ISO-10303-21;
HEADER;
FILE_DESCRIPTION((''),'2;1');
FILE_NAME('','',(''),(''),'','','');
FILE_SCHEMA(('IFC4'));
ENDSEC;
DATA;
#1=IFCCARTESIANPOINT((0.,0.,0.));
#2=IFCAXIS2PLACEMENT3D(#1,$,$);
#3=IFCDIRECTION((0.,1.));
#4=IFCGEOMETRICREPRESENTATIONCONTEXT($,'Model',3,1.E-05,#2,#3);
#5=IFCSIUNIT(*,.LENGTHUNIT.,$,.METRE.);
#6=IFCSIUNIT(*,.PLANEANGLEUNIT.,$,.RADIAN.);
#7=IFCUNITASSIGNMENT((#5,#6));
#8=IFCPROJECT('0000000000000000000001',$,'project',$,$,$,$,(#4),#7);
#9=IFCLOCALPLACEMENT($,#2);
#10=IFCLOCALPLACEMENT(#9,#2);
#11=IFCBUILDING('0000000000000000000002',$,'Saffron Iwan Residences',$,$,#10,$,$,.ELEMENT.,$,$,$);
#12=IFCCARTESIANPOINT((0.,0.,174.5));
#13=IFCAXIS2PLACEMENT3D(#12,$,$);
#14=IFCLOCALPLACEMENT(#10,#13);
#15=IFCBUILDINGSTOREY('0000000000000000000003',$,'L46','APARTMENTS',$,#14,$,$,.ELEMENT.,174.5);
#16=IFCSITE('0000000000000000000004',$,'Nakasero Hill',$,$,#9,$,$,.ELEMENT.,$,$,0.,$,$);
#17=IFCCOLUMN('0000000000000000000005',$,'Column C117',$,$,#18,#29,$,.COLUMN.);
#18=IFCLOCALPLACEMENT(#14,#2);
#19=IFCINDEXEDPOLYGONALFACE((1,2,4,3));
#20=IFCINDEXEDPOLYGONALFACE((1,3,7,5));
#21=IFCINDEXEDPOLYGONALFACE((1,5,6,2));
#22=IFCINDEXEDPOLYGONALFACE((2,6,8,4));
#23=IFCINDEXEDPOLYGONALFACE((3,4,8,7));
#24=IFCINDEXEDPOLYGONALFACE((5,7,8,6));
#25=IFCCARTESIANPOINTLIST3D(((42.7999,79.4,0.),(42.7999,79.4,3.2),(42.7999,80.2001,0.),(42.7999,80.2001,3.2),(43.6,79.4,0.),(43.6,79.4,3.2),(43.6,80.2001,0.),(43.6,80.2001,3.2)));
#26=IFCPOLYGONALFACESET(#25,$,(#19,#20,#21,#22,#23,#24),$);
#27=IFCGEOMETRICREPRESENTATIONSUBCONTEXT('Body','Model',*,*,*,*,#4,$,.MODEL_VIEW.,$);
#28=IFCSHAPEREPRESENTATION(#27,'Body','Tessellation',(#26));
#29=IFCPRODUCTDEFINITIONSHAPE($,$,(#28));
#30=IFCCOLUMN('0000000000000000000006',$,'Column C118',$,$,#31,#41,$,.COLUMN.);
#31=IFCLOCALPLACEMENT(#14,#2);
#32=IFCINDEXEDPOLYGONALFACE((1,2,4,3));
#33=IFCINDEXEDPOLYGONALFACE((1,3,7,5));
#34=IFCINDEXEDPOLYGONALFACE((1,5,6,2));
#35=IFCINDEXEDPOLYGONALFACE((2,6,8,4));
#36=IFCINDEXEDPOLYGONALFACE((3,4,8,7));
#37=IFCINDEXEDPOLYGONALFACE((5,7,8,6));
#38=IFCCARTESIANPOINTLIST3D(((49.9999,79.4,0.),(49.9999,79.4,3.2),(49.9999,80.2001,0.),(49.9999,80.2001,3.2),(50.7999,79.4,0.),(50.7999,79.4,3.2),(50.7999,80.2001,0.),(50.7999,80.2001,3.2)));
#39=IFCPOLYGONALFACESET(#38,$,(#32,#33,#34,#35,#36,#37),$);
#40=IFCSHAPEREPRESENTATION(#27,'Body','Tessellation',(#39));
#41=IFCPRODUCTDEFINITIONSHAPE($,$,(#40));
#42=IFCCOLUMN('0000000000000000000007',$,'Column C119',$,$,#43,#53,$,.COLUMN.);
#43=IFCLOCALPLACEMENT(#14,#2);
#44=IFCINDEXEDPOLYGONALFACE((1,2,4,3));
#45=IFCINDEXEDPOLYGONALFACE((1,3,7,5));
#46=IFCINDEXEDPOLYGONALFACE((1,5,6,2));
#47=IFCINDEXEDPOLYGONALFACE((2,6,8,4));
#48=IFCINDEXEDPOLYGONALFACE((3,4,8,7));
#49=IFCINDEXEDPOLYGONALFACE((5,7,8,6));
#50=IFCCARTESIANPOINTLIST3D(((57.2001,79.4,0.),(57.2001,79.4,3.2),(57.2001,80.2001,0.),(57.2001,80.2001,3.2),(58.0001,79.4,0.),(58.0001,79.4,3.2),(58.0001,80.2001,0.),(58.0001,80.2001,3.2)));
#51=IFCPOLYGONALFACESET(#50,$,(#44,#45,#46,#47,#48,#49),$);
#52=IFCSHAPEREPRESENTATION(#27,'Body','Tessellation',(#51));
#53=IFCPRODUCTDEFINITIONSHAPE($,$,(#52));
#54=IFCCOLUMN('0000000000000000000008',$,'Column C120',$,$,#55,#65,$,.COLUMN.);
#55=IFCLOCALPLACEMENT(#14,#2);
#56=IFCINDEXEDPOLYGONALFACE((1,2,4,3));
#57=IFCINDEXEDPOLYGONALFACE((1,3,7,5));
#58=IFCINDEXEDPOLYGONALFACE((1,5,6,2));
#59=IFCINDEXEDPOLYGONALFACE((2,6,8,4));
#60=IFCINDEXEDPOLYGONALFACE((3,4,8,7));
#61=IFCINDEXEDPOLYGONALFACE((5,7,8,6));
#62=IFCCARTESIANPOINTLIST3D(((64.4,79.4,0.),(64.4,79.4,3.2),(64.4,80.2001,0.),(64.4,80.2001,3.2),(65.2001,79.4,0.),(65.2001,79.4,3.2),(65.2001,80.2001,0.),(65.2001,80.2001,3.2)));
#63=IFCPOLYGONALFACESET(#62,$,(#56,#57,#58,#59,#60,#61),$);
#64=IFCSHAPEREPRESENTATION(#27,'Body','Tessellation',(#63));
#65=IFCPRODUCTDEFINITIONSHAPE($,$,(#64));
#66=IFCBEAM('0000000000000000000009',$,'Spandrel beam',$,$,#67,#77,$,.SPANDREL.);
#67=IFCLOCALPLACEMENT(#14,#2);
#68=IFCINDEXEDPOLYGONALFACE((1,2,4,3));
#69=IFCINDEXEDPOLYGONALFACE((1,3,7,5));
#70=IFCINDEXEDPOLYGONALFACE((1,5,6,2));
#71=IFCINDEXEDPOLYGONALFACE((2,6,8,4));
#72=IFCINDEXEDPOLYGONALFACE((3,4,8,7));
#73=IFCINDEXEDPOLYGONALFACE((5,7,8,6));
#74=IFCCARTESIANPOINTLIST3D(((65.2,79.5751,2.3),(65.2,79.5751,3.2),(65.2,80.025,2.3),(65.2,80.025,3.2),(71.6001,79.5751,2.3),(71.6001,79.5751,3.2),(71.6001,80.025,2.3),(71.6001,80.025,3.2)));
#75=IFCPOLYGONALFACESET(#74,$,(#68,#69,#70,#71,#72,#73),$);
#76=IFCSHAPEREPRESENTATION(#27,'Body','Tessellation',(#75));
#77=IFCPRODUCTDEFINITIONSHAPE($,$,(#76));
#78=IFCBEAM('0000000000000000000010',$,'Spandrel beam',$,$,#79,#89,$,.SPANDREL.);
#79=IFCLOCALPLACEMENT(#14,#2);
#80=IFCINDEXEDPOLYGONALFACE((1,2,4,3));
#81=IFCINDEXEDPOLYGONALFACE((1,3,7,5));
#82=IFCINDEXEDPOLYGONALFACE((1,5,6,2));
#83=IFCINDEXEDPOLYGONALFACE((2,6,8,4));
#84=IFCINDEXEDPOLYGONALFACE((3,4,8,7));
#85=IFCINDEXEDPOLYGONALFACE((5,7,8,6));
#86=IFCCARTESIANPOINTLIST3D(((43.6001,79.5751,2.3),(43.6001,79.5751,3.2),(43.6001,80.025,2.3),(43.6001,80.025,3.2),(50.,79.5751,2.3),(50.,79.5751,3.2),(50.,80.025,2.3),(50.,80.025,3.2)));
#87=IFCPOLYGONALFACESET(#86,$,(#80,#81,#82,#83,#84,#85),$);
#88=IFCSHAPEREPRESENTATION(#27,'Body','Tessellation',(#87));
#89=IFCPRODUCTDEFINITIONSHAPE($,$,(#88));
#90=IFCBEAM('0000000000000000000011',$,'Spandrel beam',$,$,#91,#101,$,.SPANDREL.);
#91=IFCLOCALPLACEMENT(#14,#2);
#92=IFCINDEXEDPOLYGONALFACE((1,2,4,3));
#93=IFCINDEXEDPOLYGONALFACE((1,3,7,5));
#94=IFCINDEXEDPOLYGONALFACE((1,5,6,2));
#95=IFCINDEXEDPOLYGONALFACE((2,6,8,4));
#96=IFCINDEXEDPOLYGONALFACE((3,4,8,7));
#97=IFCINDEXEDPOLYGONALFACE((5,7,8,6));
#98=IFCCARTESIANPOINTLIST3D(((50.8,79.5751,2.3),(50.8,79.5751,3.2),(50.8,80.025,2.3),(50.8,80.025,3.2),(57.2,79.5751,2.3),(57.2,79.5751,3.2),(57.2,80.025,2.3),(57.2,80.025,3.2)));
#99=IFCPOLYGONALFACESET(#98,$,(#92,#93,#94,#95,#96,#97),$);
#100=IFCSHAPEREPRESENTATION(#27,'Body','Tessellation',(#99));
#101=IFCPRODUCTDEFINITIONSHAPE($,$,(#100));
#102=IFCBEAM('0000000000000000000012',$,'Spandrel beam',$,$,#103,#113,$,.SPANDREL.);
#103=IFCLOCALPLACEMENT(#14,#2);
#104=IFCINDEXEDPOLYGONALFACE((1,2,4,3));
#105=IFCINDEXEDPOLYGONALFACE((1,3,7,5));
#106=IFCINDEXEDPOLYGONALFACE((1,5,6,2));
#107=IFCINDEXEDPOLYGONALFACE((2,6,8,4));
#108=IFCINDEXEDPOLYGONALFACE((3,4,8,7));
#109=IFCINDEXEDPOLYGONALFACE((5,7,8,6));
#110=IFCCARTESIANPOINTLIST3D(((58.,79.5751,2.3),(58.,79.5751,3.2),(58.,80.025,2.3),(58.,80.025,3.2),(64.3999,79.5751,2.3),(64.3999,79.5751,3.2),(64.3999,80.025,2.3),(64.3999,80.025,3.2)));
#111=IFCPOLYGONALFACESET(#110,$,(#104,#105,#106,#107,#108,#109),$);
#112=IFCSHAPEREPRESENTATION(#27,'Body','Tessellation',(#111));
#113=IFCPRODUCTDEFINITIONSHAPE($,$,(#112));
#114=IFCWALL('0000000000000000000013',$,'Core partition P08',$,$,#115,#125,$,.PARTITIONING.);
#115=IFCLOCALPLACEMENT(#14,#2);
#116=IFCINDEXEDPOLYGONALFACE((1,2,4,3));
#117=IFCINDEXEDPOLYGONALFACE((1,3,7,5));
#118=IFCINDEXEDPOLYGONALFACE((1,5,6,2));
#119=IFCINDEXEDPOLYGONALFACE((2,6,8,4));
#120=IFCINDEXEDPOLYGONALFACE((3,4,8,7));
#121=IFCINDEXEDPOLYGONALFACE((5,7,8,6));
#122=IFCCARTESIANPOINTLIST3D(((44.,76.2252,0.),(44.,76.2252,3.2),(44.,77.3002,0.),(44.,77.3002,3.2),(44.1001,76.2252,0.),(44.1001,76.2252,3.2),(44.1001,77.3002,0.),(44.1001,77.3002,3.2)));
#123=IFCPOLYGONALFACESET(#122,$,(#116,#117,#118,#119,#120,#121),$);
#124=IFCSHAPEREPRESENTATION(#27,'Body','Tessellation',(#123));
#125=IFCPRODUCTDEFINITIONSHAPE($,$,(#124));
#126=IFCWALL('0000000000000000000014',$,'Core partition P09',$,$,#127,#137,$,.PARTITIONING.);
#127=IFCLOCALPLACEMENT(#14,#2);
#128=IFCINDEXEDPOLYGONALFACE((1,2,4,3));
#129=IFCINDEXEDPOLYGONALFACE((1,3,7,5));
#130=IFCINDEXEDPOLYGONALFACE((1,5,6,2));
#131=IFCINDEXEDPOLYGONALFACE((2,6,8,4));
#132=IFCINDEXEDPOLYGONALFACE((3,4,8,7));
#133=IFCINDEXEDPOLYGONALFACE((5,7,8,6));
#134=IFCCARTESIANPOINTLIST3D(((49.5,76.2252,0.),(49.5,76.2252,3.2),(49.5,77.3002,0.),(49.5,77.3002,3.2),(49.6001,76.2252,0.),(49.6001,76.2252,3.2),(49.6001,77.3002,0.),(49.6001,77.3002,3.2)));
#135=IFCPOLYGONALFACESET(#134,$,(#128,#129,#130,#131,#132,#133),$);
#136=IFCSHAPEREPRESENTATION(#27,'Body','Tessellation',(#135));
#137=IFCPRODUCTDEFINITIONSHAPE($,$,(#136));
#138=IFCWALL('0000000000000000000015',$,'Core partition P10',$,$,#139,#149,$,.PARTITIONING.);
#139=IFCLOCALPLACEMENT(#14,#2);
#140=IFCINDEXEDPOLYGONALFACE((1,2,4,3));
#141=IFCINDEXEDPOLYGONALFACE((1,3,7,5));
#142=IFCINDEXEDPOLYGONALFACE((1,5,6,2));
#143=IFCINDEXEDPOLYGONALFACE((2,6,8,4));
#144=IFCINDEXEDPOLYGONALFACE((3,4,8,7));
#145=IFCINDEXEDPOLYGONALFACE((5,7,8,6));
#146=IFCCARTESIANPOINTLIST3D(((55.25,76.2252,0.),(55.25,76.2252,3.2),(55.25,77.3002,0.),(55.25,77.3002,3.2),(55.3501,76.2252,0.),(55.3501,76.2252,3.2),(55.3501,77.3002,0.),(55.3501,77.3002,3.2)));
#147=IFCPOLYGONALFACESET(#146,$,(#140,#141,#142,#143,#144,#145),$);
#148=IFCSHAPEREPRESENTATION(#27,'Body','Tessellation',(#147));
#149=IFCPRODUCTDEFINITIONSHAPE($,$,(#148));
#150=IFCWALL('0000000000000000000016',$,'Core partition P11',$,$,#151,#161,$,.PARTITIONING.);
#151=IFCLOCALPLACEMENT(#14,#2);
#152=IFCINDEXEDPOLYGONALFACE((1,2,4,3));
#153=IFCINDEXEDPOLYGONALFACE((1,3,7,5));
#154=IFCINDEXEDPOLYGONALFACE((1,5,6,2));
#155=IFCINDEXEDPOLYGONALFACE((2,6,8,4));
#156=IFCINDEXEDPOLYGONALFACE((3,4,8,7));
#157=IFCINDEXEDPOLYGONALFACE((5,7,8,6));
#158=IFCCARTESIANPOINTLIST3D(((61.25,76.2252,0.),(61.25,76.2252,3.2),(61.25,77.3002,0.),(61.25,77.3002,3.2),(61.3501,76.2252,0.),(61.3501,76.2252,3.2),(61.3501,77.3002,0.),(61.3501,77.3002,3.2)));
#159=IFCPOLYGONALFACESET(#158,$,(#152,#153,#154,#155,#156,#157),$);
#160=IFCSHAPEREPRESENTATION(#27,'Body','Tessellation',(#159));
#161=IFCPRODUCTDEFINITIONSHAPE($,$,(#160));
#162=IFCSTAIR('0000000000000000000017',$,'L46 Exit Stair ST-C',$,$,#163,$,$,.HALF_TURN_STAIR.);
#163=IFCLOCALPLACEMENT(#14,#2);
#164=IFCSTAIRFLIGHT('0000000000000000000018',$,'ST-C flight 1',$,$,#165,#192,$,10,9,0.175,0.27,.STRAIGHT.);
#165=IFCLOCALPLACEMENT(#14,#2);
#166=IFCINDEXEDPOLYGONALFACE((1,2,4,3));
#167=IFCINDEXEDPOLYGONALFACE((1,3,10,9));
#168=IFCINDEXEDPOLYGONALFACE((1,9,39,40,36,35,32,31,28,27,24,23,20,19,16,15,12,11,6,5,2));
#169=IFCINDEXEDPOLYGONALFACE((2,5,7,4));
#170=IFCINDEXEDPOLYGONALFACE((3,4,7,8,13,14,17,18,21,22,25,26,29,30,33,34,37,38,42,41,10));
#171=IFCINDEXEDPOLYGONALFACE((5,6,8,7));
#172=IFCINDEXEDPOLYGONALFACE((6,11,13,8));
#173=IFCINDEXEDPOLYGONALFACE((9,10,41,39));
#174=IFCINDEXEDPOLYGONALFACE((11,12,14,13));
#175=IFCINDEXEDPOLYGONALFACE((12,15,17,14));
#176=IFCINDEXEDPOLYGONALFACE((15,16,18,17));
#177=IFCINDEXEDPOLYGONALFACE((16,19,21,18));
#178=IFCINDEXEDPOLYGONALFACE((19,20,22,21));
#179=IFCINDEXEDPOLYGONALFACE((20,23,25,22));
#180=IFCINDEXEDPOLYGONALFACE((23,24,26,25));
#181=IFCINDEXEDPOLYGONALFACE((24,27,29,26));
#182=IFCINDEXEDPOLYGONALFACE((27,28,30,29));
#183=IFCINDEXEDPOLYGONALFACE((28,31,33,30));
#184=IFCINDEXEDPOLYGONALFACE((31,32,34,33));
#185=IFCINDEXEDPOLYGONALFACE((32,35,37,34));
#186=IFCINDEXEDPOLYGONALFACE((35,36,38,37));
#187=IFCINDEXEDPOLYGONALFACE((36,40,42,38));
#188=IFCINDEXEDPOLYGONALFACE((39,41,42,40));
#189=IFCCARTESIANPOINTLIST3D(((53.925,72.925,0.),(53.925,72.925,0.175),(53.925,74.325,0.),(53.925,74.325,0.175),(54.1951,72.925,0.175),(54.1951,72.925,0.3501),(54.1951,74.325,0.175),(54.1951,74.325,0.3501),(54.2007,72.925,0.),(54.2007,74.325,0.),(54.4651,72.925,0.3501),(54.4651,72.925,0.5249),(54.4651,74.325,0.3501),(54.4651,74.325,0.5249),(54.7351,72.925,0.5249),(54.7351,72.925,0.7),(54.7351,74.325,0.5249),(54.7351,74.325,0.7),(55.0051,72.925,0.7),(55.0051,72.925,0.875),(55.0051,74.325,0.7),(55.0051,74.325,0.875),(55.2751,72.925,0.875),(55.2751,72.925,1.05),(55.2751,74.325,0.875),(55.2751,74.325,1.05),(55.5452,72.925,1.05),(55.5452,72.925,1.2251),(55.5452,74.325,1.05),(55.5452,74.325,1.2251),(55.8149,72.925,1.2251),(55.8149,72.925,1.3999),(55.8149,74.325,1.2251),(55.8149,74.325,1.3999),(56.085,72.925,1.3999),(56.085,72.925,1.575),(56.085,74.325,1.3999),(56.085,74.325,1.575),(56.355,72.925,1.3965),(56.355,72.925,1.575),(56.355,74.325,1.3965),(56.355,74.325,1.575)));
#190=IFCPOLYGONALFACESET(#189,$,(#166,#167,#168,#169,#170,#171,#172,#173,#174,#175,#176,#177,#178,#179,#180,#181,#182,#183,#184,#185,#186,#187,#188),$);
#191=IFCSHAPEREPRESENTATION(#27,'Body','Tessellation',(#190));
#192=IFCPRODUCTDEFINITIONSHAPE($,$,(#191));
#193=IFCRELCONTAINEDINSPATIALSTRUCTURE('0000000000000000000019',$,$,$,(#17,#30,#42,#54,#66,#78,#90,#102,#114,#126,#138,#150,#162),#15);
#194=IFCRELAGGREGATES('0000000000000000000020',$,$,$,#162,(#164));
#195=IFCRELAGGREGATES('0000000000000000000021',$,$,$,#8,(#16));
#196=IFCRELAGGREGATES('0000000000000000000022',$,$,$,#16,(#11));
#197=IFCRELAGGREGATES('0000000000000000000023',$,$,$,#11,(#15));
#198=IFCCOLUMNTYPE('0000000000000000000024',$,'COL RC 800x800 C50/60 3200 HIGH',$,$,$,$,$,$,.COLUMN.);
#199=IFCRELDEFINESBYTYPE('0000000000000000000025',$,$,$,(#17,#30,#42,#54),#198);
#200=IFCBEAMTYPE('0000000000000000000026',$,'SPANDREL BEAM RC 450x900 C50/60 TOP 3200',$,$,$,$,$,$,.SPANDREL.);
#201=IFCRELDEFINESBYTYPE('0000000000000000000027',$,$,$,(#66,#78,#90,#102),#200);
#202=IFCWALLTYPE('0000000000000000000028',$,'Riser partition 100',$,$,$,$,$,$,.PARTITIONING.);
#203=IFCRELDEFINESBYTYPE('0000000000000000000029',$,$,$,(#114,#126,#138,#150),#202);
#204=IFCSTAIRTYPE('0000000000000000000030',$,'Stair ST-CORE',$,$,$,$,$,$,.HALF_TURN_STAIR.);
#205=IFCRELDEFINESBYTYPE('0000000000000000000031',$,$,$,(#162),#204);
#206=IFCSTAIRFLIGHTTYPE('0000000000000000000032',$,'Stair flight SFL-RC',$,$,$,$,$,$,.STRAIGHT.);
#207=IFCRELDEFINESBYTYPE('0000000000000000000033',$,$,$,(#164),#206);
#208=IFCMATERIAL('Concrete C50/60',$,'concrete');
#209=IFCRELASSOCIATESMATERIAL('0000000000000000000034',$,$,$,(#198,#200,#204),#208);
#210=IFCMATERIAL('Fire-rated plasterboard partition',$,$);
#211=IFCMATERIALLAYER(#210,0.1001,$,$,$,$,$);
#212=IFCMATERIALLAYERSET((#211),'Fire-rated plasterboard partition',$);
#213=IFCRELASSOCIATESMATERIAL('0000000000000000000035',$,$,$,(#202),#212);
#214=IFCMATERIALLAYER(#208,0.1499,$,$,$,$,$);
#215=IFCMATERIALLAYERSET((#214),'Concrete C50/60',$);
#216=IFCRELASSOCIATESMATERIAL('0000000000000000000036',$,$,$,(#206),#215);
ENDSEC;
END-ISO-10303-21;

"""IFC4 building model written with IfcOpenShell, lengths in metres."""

from ifc_helpers import new_model, si_unit, direction, frame, frame_2d, origin, origin_2d, place, context, subcontext, project, spatial, polyline, rectangle, outline, extrude, source, transform, mapped, material, layer, layer_set, material_profile, profile_set, type_object, element, aggregate, save


model = new_model("IFC4")

# Units and contexts
model_context = context("Model", 3, precision=1e-05, world=origin(), true_north=direction((0.0, 1.0)))
body_context = subcontext(model_context, "Body", "Model", "MODEL_VIEW")
ifc_project = project(units=[si_unit("LENGTHUNIT", "METRE"), si_unit("PLANEANGLEUNIT", "RADIAN")], contexts=[model_context])

# Site, building, storey
site_placement = place(None, origin())
site = spatial("IfcSite", under=ifc_project, at=site_placement, Name="Nakasero Hill", CompositionType="ELEMENT", RefElevation=0.0)
building_placement = place(site_placement, origin())
building = spatial("IfcBuilding", under=site, at=building_placement, Name="Saffron Iwan Residences", CompositionType="ELEMENT")
storey_placement = place(building_placement, frame((0.0, 0.0, 174.5)))
storey = spatial("IfcBuildingStorey", under=building, at=storey_placement, Name="L46", Description="APARTMENTS", CompositionType="ELEMENT", Elevation=174.5)

# Columns
ifc_material_1 = material(Name="Concrete C50/60", Category="concrete")
ifc_material_profile_1 = material_profile(ifc_material_1, rectangle(XDim=0.8, YDim=0.8, at=origin_2d()), Name="RC 800x800")
ifc_profile_set_1 = profile_set([ifc_material_profile_1], Name="Concrete C50/60")
column_type = type_object("IfcColumnType", Name="COL RC 800x800 C50/60 3200 HIGH", PredefinedType="COLUMN", material=ifc_profile_set_1)
shared_shape_1 = source(origin(), body_context, "Body", "SweptSolid", [
    extrude(rectangle(XDim=0.8, YDim=0.8, at=origin_2d()), origin(), (0.0, 0.0, 1.0), 3.2),
])
for number, where, z_axis, x_axis, name in (
    (1, (43.2, 79.8, 0.0), (0.0, 0.0, 1.0), (1.0, 0.0, 0.0), "Column C117"),
    (2, (50.3999, 79.8, 0.0), (0.0, 0.0, 1.0), (1.0, 0.0, 0.0), "Column C118"),
    (3, (57.6001, 79.8, 0.0), (0.0, 0.0, 1.0), (1.0, 0.0, 0.0), "Column C119"),
    (4, (64.8, 79.8, 0.0), (0.0, 0.0, 1.0), (1.0, 0.0, 0.0), "Column C120"),
):
    element("IfcColumn", number, at=place(storey_placement, frame(where, z_axis=z_axis, x_axis=x_axis)), inside=storey, type_object=column_type, Name=name, PredefinedType="COLUMN", context=body_context, shape_type="MappedRepresentation", body=[
        mapped(shared_shape_1, transform((0.0, 0.0, 0.0))),
    ])

# Beams
ifc_material_profile_2 = material_profile(ifc_material_1, rectangle(XDim=0.45, YDim=0.8999, at=origin_2d()), Name="RC 450x900")
ifc_profile_set_2 = profile_set([ifc_material_profile_2], Name="Concrete C50/60")
beam_type = type_object("IfcBeamType", Name="SPANDREL BEAM RC 450x900 C50/60 TOP 3200", PredefinedType="SPANDREL", material=ifc_profile_set_2)
shared_shape_2 = source(origin(), body_context, "Body", "SweptSolid", [
    extrude(rectangle(XDim=0.45, YDim=0.8999, at=origin_2d()), origin(), (0.0, 0.0, 1.0), 6.4001),
])
beam_placement = place(storey_placement, frame((65.2, 79.8, 2.75), z_axis=(1.0, 0.0, 0.0), x_axis=(0.0, 1.0, 0.0)))
element("IfcBeam", 5, at=beam_placement, inside=storey, type_object=beam_type, Name="Spandrel beam", PredefinedType="SPANDREL", context=body_context, shape_type="MappedRepresentation", body=[
    mapped(shared_shape_2, transform((0.0, 0.0, 0.0))),
])
shared_shape_3 = source(origin(), body_context, "Body", "SweptSolid", [
    extrude(rectangle(XDim=0.45, YDim=0.8999, at=origin_2d()), origin(), (0.0, 0.0, 1.0), 6.3999),
])
for number, where, z_axis, x_axis, name in (
    (6, (43.6001, 79.8, 2.75), (1.0, 0.0, 0.0), (0.0, 1.0, 0.0), "Spandrel beam"),
    (7, (50.8, 79.8, 2.75), (1.0, 0.0, 0.0), (0.0, 1.0, 0.0), "Spandrel beam"),
    (8, (58.0, 79.8, 2.75), (1.0, 0.0, 0.0), (0.0, 1.0, 0.0), "Spandrel beam"),
):
    element("IfcBeam", number, at=place(storey_placement, frame(where, z_axis=z_axis, x_axis=x_axis)), inside=storey, type_object=beam_type, Name=name, PredefinedType="SPANDREL", context=body_context, shape_type="MappedRepresentation", body=[
        mapped(shared_shape_3, transform((0.0, 0.0, 0.0))),
    ])

# Walls
ifc_material_2 = material(Name="Fire-rated plasterboard partition")
ifc_layer_1 = layer(ifc_material_2, 0.1001)
ifc_layer_set_1 = layer_set([ifc_layer_1], Name="Fire-rated plasterboard partition")
wall_type = type_object("IfcWallType", Name="Riser partition 100", PredefinedType="PARTITIONING", material=ifc_layer_set_1)
for number, where, z_axis, x_axis, name in (
    (9, (44.05, 76.2251, 0.0), (0.0, 0.0, 1.0), (0.0, 1.0, 0.0), "Core partition P08"),
    (10, (49.55, 76.2251, 0.0), (0.0, 0.0, 1.0), (0.0, 1.0, 0.0), "Core partition P09"),
    (11, (55.3, 76.2251, 0.0), (0.0, 0.0, 1.0), (0.0, 1.0, 0.0), "Core partition P10"),
    (12, (61.3, 76.2251, 0.0), (0.0, 0.0, 1.0), (0.0, 1.0, 0.0), "Core partition P11"),
):
    element("IfcWall", number, at=place(storey_placement, frame(where, z_axis=z_axis, x_axis=x_axis)), inside=storey, type_object=wall_type, Name=name, PredefinedType="PARTITIONING", context=body_context, shape_type="SweptSolid", body=[
        extrude(rectangle(XDim=1.075, YDim=0.1001, at=frame_2d((0.5376, 0.0))), origin(), (0.0, 0.0, 1.0), 3.2),
    ])

# Stair, stair flight
stair_type = type_object("IfcStairType", Name="Stair ST-CORE", PredefinedType="HALF_TURN_STAIR", material=ifc_material_1)
stair_placement = place(storey_placement, origin())
stair = element("IfcStair", 13, at=stair_placement, inside=storey, type_object=stair_type, Name="L46 Exit Stair ST-C", PredefinedType="HALF_TURN_STAIR")
ifc_layer_2 = layer(ifc_material_1, 0.1499)
ifc_layer_set_2 = layer_set([ifc_layer_2], Name="Concrete C50/60")
stair_flight_type = type_object("IfcStairFlightType", Name="Stair flight SFL-RC", PredefinedType="STRAIGHT", material=ifc_layer_set_2)
stair_flight_1_placement = place(storey_placement, frame((53.925, 73.625, 0.0), z_axis=(0.0, 0.0, 1.0), x_axis=(1.0, 0.0, 0.0)))
stair_flight_1 = element("IfcStairFlight", 14, at=stair_flight_1_placement, type_object=stair_flight_type, Name="ST-C flight 1", NumberOfRisers=10, NumberOfTreads=9, PredefinedType="STRAIGHT", RiserHeight=0.175, TreadLength=0.27, context=body_context, shape_type="SweptSolid", body=[
    extrude(outline(polyline([(0.0, 0.0), (0.0, 0.175), (0.27, 0.175), (0.27, 0.3501), (0.54, 0.3501), (0.54, 0.5249), (0.8101, 0.5249), (0.8101, 0.7), (1.0801, 0.7), (1.0801, 0.875), (1.3501, 0.875), (1.3501, 1.05), (1.6201, 1.05), (1.6201, 1.2251), (1.8899, 1.2251), (1.8899, 1.3999), (2.1599, 1.3999), (2.1599, 1.575), (2.4299, 1.575), (2.4299, 1.75), (2.4299, 1.3965), (0.2756, 0.0), (0.0, 0.0)])), frame((0.0, 0.7, 0.0), z_axis=(0.0, -1.0, 0.0), x_axis=(1.0, 0.0, 0.0)), (0.0, 0.0, 1.0), 1.3999),
])
aggregate(stair, [stair_flight_1])

save(model, "model.ifc")
